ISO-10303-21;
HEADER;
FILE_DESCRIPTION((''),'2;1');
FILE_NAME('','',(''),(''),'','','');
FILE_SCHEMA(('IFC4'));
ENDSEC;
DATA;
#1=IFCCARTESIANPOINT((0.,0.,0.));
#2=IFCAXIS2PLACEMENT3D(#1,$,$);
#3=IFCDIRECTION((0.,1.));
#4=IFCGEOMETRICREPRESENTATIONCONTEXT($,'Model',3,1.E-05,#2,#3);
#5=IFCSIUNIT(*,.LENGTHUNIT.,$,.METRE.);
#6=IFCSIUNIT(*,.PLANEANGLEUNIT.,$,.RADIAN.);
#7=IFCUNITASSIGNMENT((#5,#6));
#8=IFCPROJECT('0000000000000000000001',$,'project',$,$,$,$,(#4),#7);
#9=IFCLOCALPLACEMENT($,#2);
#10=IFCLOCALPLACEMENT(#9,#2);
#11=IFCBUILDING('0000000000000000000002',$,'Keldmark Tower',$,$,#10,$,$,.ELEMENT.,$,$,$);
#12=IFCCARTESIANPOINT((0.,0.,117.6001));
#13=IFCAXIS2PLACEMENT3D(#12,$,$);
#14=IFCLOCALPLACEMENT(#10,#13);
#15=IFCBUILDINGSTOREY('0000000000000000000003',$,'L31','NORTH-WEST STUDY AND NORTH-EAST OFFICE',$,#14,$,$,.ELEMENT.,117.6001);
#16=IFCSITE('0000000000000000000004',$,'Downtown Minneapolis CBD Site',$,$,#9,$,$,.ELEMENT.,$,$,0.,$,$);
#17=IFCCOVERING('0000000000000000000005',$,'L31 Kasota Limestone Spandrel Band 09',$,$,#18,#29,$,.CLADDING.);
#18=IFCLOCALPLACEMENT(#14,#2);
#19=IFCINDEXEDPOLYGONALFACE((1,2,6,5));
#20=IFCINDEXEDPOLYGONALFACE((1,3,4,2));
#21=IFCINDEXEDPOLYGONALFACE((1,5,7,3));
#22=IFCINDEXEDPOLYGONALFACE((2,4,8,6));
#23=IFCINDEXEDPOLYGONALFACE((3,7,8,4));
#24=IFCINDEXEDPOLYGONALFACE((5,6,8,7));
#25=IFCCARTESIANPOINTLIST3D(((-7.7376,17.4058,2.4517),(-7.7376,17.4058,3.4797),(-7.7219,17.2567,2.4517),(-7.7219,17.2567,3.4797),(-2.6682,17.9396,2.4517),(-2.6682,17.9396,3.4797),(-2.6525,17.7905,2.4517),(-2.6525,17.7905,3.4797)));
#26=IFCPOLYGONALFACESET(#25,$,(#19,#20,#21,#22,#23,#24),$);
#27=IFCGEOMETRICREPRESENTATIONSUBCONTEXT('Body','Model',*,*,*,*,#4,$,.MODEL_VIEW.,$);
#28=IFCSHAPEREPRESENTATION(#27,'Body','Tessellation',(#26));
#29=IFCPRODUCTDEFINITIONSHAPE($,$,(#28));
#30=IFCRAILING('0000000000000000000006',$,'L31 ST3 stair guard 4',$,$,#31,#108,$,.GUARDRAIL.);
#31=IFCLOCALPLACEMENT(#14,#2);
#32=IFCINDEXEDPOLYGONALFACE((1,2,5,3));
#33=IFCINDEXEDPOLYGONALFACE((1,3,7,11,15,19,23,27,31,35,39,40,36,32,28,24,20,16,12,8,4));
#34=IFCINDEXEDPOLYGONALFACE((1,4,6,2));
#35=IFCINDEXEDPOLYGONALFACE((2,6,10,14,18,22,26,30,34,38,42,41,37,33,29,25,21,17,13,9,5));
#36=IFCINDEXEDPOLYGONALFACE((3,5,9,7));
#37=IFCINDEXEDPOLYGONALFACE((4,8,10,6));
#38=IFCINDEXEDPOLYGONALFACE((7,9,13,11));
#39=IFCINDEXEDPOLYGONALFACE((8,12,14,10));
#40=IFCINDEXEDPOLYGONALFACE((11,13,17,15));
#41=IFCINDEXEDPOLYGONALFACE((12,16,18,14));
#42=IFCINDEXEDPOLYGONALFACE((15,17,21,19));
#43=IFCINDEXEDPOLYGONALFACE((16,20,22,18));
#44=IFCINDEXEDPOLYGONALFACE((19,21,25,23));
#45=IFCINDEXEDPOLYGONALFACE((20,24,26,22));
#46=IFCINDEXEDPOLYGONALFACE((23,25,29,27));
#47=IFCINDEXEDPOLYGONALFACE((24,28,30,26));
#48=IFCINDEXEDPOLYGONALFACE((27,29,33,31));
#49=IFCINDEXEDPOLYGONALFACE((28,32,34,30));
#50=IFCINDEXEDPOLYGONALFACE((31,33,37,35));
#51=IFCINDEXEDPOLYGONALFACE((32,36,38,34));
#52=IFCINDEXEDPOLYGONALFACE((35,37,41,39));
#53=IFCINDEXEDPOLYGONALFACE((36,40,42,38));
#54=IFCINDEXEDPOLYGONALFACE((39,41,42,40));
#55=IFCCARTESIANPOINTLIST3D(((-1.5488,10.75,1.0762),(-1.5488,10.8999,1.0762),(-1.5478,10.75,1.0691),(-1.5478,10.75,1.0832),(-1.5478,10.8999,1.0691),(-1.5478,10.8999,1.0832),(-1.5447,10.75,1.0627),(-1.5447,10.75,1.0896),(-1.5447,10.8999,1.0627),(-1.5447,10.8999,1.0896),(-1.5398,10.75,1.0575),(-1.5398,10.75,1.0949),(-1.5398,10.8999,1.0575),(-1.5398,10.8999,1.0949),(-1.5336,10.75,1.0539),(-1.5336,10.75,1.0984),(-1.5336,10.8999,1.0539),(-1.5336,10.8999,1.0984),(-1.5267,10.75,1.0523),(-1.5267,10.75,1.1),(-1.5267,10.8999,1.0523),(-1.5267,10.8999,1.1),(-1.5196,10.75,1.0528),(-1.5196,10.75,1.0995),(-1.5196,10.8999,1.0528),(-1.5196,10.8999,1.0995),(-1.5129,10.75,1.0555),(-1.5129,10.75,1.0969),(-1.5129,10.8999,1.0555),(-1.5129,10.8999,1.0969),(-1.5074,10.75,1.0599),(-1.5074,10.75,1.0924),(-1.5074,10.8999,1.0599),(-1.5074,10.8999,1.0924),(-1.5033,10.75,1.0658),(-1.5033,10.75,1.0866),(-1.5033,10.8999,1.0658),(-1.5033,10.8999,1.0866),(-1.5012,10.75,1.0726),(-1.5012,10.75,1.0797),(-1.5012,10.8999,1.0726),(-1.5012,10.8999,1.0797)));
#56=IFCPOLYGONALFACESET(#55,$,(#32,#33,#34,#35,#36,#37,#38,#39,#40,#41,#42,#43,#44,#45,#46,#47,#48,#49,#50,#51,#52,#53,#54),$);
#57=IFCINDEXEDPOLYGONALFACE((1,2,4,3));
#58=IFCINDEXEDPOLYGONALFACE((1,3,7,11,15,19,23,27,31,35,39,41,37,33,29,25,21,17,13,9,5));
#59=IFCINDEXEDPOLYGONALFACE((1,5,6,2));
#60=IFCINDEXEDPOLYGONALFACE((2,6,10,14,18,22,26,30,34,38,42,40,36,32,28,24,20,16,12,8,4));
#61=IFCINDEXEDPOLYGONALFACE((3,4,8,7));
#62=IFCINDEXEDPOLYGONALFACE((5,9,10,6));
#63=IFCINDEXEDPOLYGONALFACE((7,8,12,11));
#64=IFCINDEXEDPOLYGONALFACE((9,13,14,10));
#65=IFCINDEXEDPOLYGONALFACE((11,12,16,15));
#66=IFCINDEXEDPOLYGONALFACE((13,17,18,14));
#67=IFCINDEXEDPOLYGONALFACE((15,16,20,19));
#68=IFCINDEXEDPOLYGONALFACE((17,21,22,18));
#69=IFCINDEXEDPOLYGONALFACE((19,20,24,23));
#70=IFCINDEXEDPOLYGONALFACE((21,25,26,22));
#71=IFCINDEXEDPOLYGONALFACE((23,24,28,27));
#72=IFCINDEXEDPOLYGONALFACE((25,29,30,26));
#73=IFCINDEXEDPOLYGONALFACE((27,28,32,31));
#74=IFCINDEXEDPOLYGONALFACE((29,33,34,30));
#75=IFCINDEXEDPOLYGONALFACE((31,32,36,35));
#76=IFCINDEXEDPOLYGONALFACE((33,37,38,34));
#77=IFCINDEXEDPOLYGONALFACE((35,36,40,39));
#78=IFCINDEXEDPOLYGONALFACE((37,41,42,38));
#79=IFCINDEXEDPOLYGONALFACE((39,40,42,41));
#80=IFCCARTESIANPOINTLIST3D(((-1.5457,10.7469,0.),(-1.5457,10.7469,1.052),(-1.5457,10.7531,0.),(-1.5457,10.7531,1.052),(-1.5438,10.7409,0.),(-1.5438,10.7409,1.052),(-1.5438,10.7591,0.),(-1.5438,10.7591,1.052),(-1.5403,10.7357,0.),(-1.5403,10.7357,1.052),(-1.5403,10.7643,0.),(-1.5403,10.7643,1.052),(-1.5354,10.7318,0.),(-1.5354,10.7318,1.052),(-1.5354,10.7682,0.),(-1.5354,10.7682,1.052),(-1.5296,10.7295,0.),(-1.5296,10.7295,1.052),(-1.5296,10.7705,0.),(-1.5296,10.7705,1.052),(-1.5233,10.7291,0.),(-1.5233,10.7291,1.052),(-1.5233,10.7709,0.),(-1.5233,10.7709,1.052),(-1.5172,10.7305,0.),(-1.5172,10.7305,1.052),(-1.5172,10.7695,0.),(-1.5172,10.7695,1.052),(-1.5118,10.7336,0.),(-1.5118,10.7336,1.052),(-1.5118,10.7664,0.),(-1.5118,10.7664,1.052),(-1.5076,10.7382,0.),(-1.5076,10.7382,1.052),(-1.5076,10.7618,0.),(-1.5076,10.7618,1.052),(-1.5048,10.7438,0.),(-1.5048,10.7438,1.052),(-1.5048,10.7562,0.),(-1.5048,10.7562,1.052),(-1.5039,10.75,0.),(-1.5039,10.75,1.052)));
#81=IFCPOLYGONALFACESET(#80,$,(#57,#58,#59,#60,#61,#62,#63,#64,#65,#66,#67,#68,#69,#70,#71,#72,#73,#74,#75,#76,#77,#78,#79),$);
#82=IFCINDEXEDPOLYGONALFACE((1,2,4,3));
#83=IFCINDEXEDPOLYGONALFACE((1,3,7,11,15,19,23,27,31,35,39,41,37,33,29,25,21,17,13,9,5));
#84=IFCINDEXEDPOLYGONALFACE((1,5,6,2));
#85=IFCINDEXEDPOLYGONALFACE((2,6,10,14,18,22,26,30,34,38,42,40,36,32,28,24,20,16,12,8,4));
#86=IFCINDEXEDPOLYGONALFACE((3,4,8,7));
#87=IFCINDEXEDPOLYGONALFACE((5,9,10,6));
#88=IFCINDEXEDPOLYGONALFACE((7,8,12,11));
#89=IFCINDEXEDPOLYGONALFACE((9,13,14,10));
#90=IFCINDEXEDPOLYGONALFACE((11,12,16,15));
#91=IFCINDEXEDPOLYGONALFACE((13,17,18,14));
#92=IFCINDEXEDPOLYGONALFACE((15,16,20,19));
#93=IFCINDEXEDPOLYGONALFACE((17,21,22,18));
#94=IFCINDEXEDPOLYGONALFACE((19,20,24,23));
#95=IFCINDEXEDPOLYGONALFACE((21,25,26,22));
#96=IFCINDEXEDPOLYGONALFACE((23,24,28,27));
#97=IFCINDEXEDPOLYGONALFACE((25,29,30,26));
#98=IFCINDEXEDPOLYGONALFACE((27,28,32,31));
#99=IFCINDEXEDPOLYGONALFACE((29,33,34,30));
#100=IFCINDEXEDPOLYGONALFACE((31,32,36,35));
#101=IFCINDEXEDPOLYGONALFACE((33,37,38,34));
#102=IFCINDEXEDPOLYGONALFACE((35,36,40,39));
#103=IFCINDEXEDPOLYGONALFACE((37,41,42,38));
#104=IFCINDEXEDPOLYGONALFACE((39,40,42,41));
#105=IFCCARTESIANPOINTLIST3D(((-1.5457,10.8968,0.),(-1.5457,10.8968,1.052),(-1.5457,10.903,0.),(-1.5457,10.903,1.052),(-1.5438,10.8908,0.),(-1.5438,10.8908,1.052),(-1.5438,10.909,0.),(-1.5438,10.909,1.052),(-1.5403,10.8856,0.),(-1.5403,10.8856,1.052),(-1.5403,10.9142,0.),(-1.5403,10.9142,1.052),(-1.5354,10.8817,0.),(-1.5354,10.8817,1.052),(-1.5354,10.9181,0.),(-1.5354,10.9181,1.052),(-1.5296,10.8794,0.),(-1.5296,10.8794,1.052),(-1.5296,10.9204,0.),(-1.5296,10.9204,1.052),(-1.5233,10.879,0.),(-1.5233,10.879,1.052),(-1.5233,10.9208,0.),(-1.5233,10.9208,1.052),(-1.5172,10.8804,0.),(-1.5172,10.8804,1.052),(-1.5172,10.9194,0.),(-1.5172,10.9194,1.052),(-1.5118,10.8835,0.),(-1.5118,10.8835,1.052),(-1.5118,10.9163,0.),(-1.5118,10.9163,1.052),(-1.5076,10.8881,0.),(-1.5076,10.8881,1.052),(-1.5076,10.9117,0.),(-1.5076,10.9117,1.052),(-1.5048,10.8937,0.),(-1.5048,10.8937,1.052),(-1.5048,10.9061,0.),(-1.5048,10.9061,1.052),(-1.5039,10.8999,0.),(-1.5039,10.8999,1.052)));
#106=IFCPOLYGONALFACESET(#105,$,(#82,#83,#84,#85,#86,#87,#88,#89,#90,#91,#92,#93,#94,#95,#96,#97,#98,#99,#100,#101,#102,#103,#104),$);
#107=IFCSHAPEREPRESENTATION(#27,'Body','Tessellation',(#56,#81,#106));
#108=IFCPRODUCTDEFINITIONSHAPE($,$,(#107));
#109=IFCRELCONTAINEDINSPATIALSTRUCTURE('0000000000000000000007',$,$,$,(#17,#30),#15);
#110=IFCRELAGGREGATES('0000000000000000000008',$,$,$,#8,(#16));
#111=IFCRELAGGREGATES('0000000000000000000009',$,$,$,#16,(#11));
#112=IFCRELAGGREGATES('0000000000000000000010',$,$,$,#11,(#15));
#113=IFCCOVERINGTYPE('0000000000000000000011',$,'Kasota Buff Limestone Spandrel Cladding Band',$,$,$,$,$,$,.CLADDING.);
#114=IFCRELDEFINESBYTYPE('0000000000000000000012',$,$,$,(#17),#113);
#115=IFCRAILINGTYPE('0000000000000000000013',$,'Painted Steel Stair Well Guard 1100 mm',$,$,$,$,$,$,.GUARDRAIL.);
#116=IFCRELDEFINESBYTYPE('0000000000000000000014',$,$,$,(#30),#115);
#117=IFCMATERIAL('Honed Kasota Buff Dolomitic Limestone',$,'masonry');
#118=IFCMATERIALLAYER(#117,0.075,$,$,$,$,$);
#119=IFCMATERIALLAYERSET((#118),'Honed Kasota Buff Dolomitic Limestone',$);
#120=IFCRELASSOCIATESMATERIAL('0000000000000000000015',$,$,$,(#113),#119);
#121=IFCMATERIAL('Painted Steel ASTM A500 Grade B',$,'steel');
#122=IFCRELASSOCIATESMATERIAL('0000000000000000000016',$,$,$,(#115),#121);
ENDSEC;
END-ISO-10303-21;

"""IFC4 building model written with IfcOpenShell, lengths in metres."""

from ifc_helpers import new_model, si_unit, direction, frame, origin, origin_2d, place, context, subcontext, project, spatial, rectangle, circle, extrude, material, layer, layer_set, type_object, element, save


model = new_model("IFC4")

# Units and contexts
model_context = context("Model", 3, precision=1e-05, world=origin(), true_north=direction((0.0, 1.0)))
body_context = subcontext(model_context, "Body", "Model", "MODEL_VIEW")
ifc_project = project(units=[si_unit("LENGTHUNIT", "METRE"), si_unit("PLANEANGLEUNIT", "RADIAN")], contexts=[model_context])

# Site, building, storey
site_placement = place(None, origin())
site = spatial("IfcSite", under=ifc_project, at=site_placement, Name="Downtown Minneapolis CBD Site", CompositionType="ELEMENT", RefElevation=0.0)
building_placement = place(site_placement, origin())
building = spatial("IfcBuilding", under=site, at=building_placement, Name="Keldmark Tower", CompositionType="ELEMENT")
storey_placement = place(building_placement, frame((0.0, 0.0, 117.6001)))
storey = spatial("IfcBuildingStorey", under=building, at=storey_placement, Name="L31", Description="NORTH-WEST STUDY AND NORTH-EAST OFFICE", CompositionType="ELEMENT", Elevation=117.6001)

# Covering
ifc_material_1 = material(Name="Honed Kasota Buff Dolomitic Limestone", Category="masonry")
ifc_layer_1 = layer(ifc_material_1, 0.075)
ifc_layer_set_1 = layer_set([ifc_layer_1], Name="Honed Kasota Buff Dolomitic Limestone")
covering_type = type_object("IfcCoveringType", Name="Kasota Buff Limestone Spandrel Cladding Band", PredefinedType="CLADDING", material=ifc_layer_set_1)
covering_placement = place(storey_placement, frame((-5.1951, 17.5981, 2.4517), z_axis=(0.0, 0.0, 1.0), x_axis=(-0.994502, -0.104719, 0.0)))
element("IfcCovering", 1, at=covering_placement, inside=storey, type_object=covering_type, Name="L31 Kasota Limestone Spandrel Band 09", PredefinedType="CLADDING", context=body_context, shape_type="SweptSolid", body=[
    extrude(rectangle(XDim=5.0974, YDim=0.1499, at=origin_2d()), origin(), (0.0, 0.0, 1.0), 1.0281),
])

# Railing
ifc_material_2 = material(Name="Painted Steel ASTM A500 Grade B", Category="steel")
railing_type = type_object("IfcRailingType", Name="Painted Steel Stair Well Guard 1100 mm", PredefinedType="GUARDRAIL", material=ifc_material_2)
railing_placement = place(storey_placement, frame((-1.5249, 10.75, 0.0)))
element("IfcRailing", 2, at=railing_placement, inside=storey, type_object=railing_type, Name="L31 ST3 stair guard 4", PredefinedType="GUARDRAIL", context=body_context, shape_type="SweptSolid", body=[
    extrude(circle(Radius=0.0239, at=origin_2d()), frame((0.0, 0.0, 1.0762), z_axis=(0.0, 1.0, 0.0), x_axis=(-1.0, 0.0, 0.0)), (0.0, 0.0, 1.0), 0.1499),
    extrude(circle(Radius=0.021, at=origin_2d()), origin(), (0.0, 0.0, 1.0), 1.052),
    extrude(circle(Radius=0.021, at=origin_2d()), frame((0.0, 0.1499, 0.0)), (0.0, 0.0, 1.0), 1.052),
])

save(model, "model.ifc")
